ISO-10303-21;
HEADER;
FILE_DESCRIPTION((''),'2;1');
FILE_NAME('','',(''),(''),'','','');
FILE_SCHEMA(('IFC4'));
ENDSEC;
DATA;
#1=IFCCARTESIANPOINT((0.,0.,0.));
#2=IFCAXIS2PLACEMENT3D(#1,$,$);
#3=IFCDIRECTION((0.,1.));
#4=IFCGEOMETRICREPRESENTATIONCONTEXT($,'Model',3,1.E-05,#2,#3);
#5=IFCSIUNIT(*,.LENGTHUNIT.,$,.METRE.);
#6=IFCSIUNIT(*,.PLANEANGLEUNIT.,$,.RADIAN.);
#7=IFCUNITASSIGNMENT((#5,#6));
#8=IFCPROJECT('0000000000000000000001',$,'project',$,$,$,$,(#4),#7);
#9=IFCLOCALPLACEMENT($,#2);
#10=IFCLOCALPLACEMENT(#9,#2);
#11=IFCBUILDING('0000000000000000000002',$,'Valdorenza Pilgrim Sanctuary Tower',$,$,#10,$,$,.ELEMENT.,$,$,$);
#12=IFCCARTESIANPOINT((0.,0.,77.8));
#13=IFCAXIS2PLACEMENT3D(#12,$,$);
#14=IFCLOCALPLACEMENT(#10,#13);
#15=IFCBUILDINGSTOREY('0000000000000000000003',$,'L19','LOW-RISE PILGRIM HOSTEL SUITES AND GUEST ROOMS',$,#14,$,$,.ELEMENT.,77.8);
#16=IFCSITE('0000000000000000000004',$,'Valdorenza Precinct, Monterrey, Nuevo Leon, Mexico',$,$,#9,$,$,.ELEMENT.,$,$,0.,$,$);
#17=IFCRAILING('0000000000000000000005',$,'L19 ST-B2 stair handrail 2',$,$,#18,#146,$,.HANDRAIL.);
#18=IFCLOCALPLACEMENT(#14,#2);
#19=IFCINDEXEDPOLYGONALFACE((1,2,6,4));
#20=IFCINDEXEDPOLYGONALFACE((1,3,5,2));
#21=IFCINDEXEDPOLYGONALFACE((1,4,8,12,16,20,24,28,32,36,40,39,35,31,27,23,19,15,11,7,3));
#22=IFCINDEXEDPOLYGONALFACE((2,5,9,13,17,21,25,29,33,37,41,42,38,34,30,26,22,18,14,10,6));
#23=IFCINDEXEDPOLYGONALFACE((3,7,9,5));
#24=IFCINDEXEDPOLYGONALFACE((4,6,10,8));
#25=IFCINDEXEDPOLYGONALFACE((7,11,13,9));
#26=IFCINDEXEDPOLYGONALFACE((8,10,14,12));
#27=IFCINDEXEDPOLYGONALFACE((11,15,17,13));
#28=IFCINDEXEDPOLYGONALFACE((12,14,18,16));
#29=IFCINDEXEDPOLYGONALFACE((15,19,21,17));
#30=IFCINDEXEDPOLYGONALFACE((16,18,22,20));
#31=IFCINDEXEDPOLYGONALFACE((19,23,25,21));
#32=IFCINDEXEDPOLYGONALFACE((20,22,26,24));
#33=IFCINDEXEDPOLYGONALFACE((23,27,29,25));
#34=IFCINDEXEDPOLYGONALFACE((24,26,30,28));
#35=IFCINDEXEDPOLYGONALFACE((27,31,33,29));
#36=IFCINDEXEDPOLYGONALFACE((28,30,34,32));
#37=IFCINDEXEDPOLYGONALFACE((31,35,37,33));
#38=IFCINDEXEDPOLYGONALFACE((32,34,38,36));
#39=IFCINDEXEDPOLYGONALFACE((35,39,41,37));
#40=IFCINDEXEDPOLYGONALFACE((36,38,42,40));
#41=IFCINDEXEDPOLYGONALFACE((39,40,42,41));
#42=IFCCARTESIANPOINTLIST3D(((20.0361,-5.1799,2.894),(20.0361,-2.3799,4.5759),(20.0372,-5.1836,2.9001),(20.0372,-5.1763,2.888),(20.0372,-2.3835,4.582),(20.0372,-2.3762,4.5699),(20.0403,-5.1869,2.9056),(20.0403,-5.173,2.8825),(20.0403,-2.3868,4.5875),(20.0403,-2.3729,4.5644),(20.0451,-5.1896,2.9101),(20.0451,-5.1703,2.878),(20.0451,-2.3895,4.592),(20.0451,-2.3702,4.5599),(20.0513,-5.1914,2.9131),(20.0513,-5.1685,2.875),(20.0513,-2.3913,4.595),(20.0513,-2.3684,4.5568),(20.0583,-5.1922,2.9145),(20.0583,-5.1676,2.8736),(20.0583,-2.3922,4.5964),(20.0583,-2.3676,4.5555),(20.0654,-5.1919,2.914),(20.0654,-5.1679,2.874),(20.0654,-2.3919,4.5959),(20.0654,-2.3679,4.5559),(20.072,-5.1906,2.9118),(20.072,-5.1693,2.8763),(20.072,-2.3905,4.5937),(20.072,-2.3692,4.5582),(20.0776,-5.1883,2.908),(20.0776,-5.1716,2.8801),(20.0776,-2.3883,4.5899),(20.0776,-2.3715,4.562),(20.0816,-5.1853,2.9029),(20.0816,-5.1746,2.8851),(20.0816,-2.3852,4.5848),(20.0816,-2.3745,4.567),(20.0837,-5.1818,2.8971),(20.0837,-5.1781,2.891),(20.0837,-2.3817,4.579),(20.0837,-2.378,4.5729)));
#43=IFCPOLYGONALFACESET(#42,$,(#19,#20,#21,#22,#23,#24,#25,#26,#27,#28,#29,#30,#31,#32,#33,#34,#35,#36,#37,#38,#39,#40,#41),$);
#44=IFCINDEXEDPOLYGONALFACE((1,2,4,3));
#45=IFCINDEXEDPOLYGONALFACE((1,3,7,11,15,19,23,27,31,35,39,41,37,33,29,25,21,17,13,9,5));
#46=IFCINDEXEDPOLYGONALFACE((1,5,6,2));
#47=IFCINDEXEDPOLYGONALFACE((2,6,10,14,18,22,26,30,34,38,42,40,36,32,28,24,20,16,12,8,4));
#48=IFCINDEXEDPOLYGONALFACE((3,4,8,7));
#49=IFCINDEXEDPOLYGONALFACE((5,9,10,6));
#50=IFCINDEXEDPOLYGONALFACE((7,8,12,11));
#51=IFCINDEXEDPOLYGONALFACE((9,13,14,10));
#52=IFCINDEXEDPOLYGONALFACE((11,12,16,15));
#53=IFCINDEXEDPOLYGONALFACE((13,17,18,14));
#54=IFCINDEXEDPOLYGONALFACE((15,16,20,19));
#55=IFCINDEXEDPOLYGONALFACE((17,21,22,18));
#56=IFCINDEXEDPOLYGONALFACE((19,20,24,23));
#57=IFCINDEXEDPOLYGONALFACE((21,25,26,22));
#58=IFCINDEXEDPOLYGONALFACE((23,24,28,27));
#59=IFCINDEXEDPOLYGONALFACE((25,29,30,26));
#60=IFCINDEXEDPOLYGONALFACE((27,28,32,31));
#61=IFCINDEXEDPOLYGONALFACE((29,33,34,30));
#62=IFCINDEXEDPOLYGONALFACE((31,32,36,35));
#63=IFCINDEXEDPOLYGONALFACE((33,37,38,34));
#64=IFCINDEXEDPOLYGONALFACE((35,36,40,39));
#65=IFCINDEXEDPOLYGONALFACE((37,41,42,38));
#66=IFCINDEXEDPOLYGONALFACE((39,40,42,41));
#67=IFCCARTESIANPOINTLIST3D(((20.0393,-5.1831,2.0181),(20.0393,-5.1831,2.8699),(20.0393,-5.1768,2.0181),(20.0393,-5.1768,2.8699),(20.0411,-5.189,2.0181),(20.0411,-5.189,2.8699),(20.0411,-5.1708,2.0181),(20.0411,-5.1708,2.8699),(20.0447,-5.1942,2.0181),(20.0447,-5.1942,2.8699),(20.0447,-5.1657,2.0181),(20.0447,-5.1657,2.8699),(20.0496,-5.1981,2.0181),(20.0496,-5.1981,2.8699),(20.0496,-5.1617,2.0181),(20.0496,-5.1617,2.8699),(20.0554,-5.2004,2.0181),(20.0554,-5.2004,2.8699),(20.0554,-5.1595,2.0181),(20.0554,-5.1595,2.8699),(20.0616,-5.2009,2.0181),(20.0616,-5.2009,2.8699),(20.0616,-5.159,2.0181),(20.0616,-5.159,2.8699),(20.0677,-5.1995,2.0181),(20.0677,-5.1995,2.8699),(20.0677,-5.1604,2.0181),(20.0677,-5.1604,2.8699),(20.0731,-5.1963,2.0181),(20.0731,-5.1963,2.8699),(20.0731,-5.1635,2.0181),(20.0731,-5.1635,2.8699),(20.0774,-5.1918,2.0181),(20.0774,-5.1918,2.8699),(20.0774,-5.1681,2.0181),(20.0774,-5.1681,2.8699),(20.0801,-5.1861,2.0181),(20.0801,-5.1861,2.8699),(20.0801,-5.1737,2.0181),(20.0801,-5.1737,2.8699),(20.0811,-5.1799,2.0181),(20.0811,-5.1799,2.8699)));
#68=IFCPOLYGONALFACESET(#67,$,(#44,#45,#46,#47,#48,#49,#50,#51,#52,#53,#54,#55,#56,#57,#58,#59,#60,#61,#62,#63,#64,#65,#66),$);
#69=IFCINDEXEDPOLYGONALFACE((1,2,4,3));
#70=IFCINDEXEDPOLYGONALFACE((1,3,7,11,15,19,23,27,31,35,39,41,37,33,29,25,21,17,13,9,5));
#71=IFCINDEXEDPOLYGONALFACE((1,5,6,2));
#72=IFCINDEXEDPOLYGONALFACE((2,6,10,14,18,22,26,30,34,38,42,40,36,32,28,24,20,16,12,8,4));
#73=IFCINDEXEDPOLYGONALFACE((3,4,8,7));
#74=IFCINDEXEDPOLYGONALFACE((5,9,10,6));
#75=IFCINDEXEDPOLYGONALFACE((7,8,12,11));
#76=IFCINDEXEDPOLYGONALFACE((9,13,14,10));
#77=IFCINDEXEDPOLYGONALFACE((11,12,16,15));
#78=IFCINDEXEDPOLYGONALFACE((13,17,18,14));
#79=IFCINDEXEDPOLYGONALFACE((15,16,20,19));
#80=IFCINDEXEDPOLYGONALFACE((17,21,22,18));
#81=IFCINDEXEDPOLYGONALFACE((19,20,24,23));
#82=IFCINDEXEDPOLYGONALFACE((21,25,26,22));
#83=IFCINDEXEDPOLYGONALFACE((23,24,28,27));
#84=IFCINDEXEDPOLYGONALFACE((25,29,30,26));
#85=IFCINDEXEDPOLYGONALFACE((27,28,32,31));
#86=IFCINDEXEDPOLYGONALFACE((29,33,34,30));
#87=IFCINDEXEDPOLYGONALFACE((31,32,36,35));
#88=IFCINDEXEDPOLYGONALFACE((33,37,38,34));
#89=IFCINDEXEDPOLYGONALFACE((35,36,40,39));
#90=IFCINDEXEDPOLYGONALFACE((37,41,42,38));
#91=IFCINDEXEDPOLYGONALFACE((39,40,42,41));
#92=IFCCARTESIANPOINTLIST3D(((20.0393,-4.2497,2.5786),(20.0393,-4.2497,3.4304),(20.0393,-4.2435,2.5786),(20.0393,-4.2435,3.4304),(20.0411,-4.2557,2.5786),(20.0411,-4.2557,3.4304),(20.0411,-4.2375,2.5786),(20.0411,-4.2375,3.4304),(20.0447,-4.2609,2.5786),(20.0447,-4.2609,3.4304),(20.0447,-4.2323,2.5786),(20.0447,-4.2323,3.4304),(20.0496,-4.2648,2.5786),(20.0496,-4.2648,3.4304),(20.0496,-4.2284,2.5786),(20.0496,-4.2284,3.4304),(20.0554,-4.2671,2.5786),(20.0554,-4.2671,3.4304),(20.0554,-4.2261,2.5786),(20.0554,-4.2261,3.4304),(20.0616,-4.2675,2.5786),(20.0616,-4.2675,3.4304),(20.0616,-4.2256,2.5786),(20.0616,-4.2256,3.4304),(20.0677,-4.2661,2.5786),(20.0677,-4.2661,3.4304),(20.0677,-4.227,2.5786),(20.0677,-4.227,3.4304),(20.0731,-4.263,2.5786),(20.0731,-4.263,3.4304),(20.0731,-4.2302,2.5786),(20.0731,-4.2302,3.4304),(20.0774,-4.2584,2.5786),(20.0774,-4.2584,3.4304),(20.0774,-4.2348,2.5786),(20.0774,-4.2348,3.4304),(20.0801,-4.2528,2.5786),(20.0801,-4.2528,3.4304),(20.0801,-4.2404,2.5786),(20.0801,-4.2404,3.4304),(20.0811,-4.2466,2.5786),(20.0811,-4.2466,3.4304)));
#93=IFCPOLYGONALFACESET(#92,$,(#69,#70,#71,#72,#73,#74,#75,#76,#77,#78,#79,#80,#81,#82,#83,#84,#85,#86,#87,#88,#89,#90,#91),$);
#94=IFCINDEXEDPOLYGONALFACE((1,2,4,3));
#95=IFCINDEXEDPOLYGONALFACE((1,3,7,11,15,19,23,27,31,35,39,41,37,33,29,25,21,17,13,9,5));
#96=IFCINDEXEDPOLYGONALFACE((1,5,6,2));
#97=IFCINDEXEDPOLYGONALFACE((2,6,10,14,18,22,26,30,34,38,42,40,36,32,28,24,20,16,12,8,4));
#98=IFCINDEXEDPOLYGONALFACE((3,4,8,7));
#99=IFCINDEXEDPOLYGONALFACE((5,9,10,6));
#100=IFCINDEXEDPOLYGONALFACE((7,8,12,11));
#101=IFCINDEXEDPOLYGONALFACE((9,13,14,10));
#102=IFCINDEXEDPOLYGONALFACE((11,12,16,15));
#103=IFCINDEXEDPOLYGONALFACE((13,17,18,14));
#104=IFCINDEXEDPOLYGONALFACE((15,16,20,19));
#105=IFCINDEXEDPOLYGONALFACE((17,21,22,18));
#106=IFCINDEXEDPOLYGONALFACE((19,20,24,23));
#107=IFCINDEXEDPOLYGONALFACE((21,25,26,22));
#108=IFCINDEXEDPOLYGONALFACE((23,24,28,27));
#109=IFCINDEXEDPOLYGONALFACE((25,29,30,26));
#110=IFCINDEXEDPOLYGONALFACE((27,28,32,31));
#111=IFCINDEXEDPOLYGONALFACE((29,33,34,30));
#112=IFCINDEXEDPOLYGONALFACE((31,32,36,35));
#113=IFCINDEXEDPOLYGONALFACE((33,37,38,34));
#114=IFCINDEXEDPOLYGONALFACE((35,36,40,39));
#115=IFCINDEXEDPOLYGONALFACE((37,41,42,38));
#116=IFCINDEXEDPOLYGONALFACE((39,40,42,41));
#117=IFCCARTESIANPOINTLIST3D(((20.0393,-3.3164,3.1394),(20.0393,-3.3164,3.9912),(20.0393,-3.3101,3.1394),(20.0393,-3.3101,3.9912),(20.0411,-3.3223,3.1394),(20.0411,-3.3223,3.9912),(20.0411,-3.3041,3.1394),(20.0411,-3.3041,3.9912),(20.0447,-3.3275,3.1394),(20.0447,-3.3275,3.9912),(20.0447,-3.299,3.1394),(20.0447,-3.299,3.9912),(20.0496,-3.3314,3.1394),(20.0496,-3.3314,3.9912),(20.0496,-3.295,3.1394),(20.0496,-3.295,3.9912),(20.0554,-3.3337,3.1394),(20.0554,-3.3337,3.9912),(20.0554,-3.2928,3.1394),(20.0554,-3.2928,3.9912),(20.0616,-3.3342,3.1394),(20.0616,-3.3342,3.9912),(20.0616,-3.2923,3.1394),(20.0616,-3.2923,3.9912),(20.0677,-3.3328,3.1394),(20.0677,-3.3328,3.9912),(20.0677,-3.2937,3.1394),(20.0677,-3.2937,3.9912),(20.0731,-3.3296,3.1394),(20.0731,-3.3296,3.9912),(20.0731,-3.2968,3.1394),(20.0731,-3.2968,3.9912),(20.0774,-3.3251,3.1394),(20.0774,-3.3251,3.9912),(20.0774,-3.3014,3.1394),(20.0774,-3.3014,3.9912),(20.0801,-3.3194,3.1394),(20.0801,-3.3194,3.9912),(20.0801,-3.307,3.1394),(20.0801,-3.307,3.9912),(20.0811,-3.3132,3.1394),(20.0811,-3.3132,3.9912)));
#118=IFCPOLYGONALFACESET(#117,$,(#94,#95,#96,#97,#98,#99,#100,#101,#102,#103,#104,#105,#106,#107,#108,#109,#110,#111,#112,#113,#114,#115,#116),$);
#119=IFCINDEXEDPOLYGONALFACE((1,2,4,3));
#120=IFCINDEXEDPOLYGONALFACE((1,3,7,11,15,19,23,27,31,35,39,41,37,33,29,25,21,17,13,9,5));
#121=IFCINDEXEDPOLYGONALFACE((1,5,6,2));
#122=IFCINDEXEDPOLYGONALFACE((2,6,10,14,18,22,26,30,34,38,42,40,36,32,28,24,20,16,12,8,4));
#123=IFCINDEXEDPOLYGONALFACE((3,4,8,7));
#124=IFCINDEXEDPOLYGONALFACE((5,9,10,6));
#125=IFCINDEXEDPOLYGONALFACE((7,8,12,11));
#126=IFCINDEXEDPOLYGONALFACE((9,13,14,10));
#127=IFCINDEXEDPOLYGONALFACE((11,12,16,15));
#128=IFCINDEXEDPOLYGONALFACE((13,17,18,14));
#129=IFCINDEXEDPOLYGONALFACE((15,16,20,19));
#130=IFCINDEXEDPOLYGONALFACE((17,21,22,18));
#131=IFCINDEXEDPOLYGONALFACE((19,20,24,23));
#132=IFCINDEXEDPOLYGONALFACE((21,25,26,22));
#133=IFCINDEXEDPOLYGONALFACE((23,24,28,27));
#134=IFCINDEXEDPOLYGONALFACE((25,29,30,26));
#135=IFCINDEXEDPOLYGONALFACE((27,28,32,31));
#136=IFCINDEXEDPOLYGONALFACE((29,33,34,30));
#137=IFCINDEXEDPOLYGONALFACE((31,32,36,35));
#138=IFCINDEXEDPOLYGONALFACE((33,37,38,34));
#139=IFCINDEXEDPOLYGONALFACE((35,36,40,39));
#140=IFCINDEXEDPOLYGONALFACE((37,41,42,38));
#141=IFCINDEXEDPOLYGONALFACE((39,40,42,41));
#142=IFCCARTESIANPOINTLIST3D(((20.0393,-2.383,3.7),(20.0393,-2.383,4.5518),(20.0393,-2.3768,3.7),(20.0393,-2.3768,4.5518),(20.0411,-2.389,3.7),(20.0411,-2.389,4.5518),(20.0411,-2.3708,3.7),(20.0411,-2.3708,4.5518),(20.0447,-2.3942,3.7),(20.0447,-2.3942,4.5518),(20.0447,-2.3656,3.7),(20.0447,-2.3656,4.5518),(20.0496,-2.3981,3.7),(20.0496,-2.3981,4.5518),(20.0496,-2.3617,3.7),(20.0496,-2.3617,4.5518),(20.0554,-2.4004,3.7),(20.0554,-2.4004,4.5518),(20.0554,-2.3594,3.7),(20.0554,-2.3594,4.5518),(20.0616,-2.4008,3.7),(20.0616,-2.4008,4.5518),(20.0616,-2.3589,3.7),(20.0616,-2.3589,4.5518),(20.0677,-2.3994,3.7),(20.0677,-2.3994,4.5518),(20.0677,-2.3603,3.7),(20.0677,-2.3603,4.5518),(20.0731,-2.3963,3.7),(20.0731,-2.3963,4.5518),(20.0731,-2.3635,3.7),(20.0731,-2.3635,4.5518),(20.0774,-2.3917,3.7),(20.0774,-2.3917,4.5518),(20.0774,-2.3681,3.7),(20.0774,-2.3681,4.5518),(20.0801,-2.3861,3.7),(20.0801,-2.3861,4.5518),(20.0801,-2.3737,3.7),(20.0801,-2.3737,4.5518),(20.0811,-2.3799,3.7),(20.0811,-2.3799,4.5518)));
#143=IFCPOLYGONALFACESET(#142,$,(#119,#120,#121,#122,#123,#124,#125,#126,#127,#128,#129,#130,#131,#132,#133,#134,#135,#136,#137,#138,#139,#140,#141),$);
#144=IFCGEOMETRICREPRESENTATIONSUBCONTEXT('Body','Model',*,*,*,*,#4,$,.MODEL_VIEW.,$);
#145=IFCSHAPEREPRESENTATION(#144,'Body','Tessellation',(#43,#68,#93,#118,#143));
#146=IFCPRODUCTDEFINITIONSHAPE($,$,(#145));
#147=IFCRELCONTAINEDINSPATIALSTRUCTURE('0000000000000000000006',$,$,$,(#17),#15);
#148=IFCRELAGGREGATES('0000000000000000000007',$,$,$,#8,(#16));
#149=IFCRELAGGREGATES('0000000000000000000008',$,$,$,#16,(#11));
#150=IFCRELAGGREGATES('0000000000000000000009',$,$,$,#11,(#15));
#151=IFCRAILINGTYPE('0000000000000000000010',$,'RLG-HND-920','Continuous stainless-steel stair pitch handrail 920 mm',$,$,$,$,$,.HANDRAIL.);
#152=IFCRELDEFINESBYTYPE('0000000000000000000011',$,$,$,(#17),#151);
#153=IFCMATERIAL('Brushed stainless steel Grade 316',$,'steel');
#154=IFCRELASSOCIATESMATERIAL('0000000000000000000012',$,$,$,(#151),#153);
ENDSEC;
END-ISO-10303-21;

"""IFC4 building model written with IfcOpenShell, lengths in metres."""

from ifc_helpers import new_model, si_unit, direction, frame, origin, origin_2d, place, context, subcontext, project, spatial, circle, extrude, material, type_object, element, save


model = new_model("IFC4")

# Units and contexts
model_context = context("Model", 3, precision=1e-05, world=origin(), true_north=direction((0.0, 1.0)))
body_context = subcontext(model_context, "Body", "Model", "MODEL_VIEW")
ifc_project = project(units=[si_unit("LENGTHUNIT", "METRE"), si_unit("PLANEANGLEUNIT", "RADIAN")], contexts=[model_context])

# Site, building, storey
site_placement = place(None, origin())
site = spatial("IfcSite", under=ifc_project, at=site_placement, Name="Valdorenza Precinct, Monterrey, Nuevo Leon, Mexico", CompositionType="ELEMENT", RefElevation=0.0)
building_placement = place(site_placement, origin())
building = spatial("IfcBuilding", under=site, at=building_placement, Name="Valdorenza Pilgrim Sanctuary Tower", CompositionType="ELEMENT")
storey_placement = place(building_placement, frame((0.0, 0.0, 77.8)))
storey = spatial("IfcBuildingStorey", under=building, at=storey_placement, Name="L19", Description="LOW-RISE PILGRIM HOSTEL SUITES AND GUEST ROOMS", CompositionType="ELEMENT", Elevation=77.8)

# Shared definitions
ifc_material_1 = material(Name="Brushed stainless steel Grade 316", Category="steel")

# Railing
railing_type_1 = type_object("IfcRailingType", Name="RLG-HND-920", Description="Continuous stainless-steel stair pitch handrail 920 mm", PredefinedType="HANDRAIL", material=ifc_material_1)
railing_1_placement = place(storey_placement, frame((20.0601, -5.1799, 2.0181)))
element("IfcRailing", 1, at=railing_1_placement, inside=storey, type_object=railing_type_1, Name="L19 ST-B2 stair handrail 2", PredefinedType="HANDRAIL", context=body_context, shape_type="SweptSolid", body=[
    extrude(circle(Radius=0.0239, at=origin_2d()), frame((0.0, 0.0, 0.876), z_axis=(0.0, 0.857242, 0.514913), x_axis=(-1.0, 0.0, 0.0)), (0.0, 0.0, 1.0), 3.2664),
    extrude(circle(Radius=0.021, at=origin_2d()), origin(), (0.0, 0.0, 1.0), 0.8518),
    extrude(circle(Radius=0.021, at=origin_2d()), frame((0.0, 0.9333, 0.5605)), (0.0, 0.0, 1.0), 0.8518),
    extrude(circle(Radius=0.021, at=origin_2d()), frame((0.0, 1.8667, 1.1213)), (0.0, 0.0, 1.0), 0.8518),
    extrude(circle(Radius=0.021, at=origin_2d()), frame((0.0, 2.8, 1.6819)), (0.0, 0.0, 1.0), 0.8518),
])

save(model, "model.ifc")
